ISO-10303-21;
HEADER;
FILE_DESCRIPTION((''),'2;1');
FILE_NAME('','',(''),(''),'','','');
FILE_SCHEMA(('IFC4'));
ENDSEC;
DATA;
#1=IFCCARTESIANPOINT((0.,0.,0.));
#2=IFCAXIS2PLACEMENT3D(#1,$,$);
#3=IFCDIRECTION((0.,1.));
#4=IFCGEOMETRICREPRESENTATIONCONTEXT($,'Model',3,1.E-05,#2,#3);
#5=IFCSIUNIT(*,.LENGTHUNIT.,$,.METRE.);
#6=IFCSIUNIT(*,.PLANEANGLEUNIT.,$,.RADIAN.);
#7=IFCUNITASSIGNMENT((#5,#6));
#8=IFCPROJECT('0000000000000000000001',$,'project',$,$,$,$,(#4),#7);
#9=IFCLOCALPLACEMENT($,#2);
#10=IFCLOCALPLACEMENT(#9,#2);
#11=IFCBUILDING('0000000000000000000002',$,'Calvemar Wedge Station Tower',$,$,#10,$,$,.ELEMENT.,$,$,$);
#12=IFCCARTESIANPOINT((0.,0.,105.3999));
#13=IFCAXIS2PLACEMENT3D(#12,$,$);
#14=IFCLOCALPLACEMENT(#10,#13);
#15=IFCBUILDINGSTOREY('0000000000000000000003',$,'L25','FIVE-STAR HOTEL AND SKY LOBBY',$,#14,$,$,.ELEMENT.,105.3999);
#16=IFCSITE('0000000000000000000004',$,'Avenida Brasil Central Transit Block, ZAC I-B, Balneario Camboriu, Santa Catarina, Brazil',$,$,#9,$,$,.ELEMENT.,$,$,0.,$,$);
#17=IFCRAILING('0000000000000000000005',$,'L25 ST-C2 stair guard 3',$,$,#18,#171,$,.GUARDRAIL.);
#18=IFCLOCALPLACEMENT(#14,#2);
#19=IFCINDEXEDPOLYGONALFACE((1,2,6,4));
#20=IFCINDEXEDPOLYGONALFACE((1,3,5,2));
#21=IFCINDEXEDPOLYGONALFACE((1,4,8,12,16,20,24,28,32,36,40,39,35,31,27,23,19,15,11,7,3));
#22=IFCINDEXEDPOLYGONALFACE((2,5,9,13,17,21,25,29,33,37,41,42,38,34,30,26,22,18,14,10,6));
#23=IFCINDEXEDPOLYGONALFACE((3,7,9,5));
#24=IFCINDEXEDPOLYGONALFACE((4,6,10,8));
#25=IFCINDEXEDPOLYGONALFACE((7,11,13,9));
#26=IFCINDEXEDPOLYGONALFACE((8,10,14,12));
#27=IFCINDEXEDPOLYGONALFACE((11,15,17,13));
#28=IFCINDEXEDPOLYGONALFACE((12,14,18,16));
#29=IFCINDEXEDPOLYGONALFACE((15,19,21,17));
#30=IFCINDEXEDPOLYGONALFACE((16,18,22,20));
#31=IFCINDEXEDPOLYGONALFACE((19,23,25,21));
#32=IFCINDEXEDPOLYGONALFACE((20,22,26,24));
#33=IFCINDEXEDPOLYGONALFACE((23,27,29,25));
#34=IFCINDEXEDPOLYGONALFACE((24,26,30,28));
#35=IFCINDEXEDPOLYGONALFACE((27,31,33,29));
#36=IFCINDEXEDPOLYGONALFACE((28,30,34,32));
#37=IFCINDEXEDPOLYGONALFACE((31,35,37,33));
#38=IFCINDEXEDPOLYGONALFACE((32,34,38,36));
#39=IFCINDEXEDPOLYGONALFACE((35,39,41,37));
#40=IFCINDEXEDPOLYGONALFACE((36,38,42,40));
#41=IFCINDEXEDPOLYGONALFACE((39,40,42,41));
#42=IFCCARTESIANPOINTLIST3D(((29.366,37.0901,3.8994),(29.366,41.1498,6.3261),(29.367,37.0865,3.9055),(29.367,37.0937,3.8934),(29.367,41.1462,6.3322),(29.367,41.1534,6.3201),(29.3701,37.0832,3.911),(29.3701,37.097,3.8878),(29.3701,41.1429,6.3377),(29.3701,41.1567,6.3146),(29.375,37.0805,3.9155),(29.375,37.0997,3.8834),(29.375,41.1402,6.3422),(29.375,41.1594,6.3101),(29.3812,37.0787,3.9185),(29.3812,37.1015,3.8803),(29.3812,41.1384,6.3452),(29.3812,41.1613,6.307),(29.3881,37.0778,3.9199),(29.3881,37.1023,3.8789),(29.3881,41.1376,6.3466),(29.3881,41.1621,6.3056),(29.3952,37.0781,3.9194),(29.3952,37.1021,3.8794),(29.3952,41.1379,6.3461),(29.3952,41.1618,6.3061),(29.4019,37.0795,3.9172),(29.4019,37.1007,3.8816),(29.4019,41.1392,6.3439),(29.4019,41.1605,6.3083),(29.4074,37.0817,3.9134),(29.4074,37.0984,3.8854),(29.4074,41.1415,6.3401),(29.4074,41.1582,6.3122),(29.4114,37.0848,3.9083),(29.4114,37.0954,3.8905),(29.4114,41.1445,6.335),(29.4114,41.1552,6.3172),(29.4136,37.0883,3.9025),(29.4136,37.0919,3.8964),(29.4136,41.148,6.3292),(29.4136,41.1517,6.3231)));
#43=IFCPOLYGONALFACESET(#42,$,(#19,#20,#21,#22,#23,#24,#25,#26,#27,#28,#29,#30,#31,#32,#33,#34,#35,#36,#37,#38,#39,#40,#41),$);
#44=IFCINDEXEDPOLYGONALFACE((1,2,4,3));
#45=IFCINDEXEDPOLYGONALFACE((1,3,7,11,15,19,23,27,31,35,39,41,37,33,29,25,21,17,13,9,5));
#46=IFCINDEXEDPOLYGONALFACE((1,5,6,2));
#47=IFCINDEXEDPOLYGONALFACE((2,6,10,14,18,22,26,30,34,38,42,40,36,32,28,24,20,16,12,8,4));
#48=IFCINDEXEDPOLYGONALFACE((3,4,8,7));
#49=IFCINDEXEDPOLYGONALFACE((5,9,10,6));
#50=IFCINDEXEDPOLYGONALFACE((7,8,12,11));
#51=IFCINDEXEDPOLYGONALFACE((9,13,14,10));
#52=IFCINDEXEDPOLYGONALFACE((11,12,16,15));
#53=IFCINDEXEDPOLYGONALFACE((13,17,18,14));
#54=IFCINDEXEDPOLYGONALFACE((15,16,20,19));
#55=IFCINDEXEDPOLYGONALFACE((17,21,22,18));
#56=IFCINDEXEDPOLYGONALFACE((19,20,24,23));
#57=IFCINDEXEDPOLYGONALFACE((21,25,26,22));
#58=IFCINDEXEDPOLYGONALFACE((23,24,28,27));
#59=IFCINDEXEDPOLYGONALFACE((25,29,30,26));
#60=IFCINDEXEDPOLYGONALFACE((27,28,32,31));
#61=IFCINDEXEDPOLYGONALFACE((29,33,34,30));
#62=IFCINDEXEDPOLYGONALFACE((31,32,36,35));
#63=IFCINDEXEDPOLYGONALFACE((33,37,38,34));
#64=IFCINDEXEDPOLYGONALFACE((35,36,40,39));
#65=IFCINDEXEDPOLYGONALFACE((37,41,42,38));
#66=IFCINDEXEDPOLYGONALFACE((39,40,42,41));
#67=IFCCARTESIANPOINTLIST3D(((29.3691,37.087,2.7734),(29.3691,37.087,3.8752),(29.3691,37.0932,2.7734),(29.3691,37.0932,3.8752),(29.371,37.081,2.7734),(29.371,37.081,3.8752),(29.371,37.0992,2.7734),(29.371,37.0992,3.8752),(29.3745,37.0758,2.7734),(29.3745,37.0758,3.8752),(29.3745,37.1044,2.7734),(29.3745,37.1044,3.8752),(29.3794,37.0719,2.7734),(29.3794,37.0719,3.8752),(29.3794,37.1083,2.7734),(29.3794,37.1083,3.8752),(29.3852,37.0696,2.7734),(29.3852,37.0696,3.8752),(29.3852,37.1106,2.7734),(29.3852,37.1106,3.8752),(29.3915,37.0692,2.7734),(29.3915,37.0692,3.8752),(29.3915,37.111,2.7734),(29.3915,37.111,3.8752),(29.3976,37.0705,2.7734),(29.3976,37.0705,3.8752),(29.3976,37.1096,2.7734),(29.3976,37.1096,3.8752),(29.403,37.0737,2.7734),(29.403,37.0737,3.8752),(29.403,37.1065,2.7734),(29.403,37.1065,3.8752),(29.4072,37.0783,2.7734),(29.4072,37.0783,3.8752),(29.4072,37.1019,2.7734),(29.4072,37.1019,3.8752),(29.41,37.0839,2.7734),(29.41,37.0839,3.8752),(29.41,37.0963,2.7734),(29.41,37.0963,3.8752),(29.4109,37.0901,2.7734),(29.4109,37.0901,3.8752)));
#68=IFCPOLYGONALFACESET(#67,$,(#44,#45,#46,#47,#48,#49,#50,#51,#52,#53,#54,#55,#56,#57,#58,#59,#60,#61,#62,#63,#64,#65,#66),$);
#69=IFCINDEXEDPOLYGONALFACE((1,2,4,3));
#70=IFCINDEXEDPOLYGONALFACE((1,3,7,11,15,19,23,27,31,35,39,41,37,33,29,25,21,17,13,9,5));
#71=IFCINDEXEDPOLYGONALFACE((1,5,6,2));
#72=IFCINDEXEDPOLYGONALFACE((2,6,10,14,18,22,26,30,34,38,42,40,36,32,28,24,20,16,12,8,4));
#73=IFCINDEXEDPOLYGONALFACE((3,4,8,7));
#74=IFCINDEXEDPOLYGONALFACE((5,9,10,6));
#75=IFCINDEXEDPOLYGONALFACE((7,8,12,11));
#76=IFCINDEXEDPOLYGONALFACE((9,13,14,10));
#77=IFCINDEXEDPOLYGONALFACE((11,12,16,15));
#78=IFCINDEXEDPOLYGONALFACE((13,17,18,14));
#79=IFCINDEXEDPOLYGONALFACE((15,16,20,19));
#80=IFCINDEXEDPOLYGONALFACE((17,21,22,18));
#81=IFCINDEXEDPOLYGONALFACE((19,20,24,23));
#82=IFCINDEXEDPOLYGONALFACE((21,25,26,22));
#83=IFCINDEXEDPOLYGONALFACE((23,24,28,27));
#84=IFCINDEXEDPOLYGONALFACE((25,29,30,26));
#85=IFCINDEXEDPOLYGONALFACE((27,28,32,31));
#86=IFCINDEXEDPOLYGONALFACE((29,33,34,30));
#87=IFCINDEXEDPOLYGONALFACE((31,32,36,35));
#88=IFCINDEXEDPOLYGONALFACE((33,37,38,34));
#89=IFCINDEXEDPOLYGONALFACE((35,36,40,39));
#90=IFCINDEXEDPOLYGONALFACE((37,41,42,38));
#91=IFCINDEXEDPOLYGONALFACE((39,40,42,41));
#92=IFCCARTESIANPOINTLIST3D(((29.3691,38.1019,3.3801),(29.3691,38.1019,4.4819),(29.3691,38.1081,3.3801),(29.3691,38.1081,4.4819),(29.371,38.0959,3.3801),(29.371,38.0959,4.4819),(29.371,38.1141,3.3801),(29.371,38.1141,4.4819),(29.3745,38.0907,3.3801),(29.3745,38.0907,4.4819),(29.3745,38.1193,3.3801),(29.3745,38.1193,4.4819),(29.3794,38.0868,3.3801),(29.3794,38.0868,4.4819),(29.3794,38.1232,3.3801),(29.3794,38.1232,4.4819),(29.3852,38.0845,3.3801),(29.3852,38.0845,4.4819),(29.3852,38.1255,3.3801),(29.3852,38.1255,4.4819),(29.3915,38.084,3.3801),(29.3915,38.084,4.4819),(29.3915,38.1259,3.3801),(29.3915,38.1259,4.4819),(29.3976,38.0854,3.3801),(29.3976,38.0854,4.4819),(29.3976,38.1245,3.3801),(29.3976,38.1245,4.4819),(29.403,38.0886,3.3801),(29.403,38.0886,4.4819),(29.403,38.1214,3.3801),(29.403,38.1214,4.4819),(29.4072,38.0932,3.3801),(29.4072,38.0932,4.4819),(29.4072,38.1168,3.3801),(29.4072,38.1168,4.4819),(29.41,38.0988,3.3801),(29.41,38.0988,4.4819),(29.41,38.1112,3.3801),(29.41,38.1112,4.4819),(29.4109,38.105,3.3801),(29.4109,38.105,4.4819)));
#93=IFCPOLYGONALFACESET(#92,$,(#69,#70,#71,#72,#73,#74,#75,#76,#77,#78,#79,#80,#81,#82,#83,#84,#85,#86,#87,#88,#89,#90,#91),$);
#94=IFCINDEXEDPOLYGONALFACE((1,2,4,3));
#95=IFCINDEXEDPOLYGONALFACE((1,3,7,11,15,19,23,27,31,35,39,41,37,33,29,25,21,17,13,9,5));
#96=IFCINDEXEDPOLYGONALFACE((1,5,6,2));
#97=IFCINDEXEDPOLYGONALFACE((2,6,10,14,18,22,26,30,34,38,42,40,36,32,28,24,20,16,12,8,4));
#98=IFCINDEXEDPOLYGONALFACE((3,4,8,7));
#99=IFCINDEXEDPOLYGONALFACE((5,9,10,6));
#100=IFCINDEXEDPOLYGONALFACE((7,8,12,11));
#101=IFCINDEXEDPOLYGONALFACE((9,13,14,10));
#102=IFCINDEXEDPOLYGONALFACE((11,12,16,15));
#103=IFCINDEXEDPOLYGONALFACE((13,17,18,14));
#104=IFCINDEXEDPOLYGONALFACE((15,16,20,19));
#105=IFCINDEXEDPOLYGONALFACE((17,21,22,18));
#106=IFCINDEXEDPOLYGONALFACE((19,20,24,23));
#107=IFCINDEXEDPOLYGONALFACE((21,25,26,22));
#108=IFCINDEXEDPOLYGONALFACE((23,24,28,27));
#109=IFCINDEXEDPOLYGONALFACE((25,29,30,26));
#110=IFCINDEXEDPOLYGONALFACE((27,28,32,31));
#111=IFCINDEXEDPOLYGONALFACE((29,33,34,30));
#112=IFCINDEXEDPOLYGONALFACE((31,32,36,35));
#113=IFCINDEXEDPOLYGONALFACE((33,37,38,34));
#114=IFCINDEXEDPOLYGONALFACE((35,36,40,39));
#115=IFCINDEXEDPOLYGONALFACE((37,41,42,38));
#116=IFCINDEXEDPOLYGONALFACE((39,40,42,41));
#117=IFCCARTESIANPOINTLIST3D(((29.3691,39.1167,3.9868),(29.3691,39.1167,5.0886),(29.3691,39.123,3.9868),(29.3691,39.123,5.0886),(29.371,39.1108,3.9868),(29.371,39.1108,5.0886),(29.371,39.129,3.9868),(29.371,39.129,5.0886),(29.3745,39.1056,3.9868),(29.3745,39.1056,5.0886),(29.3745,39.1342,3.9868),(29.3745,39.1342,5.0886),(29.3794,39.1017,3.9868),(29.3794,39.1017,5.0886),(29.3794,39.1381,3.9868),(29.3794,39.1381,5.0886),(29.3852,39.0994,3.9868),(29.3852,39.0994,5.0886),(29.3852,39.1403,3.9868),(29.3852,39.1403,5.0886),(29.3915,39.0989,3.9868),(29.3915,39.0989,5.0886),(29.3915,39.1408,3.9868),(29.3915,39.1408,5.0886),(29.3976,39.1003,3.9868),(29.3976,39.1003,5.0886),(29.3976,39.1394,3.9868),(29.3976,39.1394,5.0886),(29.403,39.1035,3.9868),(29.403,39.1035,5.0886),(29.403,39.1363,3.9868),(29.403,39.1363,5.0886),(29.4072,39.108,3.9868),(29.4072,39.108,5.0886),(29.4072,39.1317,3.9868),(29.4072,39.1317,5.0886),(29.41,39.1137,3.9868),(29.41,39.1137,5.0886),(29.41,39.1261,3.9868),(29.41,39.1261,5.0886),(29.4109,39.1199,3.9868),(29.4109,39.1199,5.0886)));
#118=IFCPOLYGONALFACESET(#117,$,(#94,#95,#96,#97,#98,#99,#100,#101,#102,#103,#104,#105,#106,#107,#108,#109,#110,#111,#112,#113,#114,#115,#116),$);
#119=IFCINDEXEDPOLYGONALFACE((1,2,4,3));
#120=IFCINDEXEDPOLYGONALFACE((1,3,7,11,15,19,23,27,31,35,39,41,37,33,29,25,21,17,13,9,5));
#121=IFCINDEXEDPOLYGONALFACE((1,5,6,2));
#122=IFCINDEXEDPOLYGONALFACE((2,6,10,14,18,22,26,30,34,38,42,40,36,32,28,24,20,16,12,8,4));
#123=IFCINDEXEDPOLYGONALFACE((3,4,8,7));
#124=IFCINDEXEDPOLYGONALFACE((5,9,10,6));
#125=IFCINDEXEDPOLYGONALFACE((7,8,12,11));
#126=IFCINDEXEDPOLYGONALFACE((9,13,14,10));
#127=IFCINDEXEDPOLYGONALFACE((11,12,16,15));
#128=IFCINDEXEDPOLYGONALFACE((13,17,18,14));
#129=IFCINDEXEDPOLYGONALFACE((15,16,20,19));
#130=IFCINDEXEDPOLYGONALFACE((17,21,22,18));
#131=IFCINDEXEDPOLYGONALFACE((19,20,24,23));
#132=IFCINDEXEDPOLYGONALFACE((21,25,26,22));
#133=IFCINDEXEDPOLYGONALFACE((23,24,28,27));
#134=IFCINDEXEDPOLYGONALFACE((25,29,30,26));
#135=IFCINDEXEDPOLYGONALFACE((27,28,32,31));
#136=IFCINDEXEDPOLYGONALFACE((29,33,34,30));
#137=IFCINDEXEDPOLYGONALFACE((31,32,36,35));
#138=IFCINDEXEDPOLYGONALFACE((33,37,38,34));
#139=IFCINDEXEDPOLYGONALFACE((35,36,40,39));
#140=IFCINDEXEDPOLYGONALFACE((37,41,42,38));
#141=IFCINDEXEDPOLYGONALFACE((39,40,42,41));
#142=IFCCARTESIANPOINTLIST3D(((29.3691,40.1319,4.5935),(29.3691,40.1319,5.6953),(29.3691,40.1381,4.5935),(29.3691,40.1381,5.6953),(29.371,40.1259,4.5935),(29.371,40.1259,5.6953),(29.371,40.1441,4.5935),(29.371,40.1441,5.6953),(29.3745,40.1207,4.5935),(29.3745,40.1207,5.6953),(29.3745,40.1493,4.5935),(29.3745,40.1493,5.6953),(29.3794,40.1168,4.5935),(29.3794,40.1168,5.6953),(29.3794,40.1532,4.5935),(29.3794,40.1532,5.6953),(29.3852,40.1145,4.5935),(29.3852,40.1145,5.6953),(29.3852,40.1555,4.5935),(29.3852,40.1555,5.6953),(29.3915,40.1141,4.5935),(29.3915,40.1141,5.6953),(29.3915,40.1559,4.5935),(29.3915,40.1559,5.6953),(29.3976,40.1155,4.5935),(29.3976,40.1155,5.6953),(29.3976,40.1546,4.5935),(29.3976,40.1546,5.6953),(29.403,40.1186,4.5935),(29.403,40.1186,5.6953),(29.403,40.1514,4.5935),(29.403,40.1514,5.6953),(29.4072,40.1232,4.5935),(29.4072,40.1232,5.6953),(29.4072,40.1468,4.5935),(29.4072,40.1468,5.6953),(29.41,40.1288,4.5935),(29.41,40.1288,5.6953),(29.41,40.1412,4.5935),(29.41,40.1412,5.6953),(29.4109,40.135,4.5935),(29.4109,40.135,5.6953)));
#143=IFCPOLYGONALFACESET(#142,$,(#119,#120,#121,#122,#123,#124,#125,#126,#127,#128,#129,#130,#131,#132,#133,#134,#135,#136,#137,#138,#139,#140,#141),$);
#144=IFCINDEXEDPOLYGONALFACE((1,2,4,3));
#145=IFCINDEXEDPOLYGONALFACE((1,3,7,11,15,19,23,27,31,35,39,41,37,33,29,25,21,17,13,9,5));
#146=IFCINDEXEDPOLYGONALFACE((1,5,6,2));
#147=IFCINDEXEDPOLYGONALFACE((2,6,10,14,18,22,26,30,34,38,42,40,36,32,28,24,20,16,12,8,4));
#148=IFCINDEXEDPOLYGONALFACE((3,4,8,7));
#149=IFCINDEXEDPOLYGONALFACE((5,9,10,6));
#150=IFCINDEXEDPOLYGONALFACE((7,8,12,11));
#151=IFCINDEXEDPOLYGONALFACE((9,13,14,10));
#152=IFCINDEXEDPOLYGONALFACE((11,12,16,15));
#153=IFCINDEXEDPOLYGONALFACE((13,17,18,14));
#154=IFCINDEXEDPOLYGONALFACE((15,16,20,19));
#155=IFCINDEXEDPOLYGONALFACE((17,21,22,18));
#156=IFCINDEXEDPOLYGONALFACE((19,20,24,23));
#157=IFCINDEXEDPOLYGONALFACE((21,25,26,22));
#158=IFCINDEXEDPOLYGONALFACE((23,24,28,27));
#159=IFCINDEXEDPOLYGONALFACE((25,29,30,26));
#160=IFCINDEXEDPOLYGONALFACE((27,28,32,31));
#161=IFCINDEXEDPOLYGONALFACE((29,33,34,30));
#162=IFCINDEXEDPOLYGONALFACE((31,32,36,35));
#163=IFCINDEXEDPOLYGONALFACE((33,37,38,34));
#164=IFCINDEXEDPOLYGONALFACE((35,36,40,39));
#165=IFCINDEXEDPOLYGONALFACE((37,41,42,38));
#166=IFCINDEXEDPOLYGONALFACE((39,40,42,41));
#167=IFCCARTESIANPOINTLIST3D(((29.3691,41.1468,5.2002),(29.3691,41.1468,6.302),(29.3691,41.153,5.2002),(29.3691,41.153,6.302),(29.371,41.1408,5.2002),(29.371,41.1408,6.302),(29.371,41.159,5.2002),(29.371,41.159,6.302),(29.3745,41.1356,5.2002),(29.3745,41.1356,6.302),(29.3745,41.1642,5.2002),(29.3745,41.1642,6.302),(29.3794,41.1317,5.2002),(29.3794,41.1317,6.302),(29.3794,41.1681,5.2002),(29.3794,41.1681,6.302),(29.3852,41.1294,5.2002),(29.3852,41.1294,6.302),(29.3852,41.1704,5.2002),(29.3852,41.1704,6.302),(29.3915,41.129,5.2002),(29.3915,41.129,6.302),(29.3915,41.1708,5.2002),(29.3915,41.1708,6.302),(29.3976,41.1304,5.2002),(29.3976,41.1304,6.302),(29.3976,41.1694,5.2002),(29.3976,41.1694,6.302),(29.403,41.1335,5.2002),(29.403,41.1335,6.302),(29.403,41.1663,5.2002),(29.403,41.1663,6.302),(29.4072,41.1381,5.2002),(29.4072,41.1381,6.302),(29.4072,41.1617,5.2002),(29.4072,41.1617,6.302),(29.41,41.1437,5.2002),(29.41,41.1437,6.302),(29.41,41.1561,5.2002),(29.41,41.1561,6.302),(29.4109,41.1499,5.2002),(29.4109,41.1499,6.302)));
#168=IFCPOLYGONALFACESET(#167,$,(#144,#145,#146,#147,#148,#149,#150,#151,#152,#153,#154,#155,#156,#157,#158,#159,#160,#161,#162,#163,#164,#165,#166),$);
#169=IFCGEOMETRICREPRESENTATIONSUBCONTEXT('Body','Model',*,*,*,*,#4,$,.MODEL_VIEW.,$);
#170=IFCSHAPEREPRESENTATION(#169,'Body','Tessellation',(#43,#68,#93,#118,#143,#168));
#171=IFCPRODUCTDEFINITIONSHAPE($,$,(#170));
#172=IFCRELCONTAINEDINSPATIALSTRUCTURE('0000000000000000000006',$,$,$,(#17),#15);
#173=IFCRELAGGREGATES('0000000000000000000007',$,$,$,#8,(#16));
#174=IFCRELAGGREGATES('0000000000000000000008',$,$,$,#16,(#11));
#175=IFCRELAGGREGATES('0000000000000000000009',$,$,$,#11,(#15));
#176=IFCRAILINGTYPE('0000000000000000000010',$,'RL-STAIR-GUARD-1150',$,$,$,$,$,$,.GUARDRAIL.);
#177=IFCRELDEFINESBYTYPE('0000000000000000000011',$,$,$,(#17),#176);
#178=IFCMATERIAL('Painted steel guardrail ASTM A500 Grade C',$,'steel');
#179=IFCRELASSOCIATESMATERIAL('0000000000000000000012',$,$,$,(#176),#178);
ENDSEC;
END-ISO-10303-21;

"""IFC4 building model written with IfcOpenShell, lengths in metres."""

from ifc_helpers import new_model, si_unit, direction, frame, origin, origin_2d, place, context, subcontext, project, spatial, circle, extrude, material, type_object, element, save


model = new_model("IFC4")

# Units and contexts
model_context = context("Model", 3, precision=1e-05, world=origin(), true_north=direction((0.0, 1.0)))
body_context = subcontext(model_context, "Body", "Model", "MODEL_VIEW")
ifc_project = project(units=[si_unit("LENGTHUNIT", "METRE"), si_unit("PLANEANGLEUNIT", "RADIAN")], contexts=[model_context])

# Site, building, storey
site_placement = place(None, origin())
site = spatial("IfcSite", under=ifc_project, at=site_placement, Name="Avenida Brasil Central Transit Block, ZAC I-B, Balneario Camboriu, Santa Catarina, Brazil", CompositionType="ELEMENT", RefElevation=0.0)
building_placement = place(site_placement, origin())
building = spatial("IfcBuilding", under=site, at=building_placement, Name="Calvemar Wedge Station Tower", CompositionType="ELEMENT")
storey_placement = place(building_placement, frame((0.0, 0.0, 105.3999)))
storey = spatial("IfcBuildingStorey", under=building, at=storey_placement, Name="L25", Description="FIVE-STAR HOTEL AND SKY LOBBY", CompositionType="ELEMENT", Elevation=105.3999)

# Railing
ifc_material_1 = material(Name="Painted steel guardrail ASTM A500 Grade C", Category="steel")
railing_type_1 = type_object("IfcRailingType", Name="RL-STAIR-GUARD-1150", PredefinedType="GUARDRAIL", material=ifc_material_1)
railing_1_placement = place(storey_placement, frame((29.3899, 37.0901, 2.7734)))
element("IfcRailing", 1, at=railing_1_placement, inside=storey, type_object=railing_type_1, Name="L25 ST-C2 stair guard 3", PredefinedType="GUARDRAIL", context=body_context, shape_type="SweptSolid", body=[
    extrude(circle(Radius=0.0239, at=origin_2d()), frame((0.0, 0.0, 1.126), z_axis=(0.0, 0.858343, 0.513076), x_axis=(-1.0, 0.0, 0.0)), (0.0, 0.0, 1.0), 4.7297),
    extrude(circle(Radius=0.021, at=origin_2d()), origin(), (0.0, 0.0, 1.0), 1.1018),
    extrude(circle(Radius=0.021, at=origin_2d()), frame((0.0, 1.0149, 0.6067)), (0.0, 0.0, 1.0), 1.1018),
    extrude(circle(Radius=0.021, at=origin_2d()), frame((0.0, 2.0298, 1.2134)), (0.0, 0.0, 1.0), 1.1018),
    extrude(circle(Radius=0.021, at=origin_2d()), frame((0.0, 3.0449, 1.8201)), (0.0, 0.0, 1.0), 1.1018),
    extrude(circle(Radius=0.021, at=origin_2d()), frame((0.0, 4.0598, 2.4268)), (0.0, 0.0, 1.0), 1.1018),
])

save(model, "model.ifc")
